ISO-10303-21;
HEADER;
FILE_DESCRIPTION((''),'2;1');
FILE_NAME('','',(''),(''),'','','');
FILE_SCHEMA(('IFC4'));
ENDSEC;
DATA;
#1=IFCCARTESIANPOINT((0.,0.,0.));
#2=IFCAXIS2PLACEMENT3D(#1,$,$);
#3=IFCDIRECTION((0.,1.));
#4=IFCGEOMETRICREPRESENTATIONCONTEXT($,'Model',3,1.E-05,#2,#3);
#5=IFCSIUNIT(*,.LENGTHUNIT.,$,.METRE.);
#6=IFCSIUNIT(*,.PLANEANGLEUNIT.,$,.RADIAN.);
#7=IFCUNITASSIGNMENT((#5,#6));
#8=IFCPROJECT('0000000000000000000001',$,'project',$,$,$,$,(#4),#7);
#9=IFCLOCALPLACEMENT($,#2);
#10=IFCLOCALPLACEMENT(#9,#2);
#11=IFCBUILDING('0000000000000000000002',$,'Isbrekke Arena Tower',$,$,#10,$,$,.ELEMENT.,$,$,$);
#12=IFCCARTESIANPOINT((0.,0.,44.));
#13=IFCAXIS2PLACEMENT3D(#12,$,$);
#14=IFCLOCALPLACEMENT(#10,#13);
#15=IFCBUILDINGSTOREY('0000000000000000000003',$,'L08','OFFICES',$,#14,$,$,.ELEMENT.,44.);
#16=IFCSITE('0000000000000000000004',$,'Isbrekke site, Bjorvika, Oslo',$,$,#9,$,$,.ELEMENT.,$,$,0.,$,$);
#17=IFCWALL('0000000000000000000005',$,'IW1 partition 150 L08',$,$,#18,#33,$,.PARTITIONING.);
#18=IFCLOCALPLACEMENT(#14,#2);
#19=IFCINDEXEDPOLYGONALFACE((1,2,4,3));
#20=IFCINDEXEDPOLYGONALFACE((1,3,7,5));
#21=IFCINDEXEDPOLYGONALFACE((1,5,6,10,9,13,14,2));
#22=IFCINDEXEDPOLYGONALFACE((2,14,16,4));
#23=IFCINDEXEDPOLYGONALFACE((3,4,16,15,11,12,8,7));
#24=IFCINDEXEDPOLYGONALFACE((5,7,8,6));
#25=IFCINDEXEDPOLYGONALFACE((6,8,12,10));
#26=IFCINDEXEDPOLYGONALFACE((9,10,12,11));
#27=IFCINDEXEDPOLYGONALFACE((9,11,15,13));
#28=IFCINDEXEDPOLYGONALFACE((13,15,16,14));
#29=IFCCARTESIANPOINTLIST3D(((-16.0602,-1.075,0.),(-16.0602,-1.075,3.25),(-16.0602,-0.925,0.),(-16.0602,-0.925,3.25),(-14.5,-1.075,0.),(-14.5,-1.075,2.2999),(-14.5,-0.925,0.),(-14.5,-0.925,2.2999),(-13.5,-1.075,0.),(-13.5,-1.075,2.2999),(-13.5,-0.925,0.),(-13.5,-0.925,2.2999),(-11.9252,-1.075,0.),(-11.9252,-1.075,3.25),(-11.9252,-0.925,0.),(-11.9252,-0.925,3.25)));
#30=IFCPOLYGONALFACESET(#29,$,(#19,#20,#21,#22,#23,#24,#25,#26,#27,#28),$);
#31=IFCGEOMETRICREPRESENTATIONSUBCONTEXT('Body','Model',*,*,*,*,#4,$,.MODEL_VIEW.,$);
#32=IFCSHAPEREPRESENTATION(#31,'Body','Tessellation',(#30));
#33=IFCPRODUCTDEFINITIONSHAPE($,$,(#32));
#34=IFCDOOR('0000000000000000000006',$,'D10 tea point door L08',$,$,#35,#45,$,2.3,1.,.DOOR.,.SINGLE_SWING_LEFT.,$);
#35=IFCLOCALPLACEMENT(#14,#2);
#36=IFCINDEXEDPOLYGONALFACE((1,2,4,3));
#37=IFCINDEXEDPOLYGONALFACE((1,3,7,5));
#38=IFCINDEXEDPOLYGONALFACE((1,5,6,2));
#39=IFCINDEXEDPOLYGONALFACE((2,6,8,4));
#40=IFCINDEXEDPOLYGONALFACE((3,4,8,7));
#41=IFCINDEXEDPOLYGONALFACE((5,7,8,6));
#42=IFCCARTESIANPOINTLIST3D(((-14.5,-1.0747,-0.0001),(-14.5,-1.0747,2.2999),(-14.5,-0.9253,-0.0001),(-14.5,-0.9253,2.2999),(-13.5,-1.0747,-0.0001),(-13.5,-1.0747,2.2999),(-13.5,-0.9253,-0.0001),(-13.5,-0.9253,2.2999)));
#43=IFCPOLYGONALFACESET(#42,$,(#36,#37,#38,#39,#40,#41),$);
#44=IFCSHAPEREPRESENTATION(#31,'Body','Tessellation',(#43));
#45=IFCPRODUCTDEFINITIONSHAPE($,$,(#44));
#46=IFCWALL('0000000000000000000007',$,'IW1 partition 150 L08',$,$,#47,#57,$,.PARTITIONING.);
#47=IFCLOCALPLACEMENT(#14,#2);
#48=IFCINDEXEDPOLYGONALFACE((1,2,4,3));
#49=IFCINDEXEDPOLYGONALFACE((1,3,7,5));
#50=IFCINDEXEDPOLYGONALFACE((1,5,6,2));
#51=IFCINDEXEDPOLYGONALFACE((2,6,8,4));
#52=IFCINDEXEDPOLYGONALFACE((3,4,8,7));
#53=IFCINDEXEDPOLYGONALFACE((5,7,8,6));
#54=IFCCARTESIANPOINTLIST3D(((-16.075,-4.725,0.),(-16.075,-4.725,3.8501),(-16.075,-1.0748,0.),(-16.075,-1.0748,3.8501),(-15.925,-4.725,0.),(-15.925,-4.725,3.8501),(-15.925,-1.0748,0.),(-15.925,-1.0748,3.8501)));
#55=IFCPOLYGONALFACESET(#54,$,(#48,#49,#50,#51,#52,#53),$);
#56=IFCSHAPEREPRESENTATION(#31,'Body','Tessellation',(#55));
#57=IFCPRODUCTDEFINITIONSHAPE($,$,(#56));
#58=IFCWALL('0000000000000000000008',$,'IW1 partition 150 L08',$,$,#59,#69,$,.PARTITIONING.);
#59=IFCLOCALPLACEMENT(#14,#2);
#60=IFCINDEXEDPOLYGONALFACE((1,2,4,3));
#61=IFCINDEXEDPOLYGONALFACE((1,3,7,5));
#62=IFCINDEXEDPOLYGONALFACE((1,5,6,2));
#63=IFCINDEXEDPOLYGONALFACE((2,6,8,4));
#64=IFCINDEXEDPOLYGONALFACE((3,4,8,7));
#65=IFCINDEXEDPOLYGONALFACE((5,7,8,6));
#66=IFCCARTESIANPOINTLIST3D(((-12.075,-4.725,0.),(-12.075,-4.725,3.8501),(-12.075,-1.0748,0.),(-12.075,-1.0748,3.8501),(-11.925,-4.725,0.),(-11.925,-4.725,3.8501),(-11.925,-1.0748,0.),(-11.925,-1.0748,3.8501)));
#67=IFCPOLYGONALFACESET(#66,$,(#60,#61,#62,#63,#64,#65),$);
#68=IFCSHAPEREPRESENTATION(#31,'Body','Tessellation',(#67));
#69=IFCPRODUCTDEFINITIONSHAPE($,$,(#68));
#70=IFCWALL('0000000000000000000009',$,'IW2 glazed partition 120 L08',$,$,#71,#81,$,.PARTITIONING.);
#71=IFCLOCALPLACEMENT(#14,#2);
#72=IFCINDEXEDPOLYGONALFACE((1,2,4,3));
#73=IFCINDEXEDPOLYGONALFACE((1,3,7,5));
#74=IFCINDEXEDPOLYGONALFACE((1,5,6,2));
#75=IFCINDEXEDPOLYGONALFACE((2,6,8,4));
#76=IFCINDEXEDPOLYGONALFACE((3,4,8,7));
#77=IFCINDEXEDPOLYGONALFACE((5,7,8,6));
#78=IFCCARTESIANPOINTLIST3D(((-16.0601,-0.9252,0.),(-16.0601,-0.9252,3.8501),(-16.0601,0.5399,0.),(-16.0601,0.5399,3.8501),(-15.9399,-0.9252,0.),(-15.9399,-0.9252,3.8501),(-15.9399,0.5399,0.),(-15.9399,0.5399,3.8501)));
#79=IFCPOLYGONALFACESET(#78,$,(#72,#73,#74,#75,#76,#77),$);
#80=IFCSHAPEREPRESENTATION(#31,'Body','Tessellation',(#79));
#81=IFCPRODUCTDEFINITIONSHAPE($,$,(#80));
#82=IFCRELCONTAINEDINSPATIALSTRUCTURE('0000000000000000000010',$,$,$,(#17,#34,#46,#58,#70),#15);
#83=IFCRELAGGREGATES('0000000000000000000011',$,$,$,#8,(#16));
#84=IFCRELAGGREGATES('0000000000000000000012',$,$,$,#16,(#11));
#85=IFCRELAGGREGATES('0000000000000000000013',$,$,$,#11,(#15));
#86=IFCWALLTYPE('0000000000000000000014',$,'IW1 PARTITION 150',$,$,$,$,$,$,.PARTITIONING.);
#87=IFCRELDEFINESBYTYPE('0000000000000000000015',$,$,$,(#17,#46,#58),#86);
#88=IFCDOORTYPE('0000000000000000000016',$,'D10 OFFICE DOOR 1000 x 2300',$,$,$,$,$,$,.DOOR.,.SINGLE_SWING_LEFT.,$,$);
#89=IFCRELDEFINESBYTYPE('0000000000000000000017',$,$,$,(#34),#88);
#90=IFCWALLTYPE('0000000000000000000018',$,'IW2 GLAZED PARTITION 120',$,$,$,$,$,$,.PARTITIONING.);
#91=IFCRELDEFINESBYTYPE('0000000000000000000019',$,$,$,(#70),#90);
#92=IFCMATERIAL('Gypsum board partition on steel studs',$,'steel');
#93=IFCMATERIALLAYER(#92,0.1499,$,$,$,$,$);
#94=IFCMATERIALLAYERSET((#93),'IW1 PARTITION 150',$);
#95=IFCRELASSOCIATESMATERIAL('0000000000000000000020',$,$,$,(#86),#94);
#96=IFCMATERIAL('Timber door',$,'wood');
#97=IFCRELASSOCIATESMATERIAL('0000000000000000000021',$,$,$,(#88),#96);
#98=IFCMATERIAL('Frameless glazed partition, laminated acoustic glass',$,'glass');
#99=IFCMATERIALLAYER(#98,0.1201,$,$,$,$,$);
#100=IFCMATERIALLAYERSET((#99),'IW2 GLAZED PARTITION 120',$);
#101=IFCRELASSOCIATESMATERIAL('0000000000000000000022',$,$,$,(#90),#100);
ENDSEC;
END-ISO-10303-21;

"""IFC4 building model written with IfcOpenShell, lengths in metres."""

from ifc_helpers import new_model, si_unit, direction, frame, frame_2d, origin, place, context, subcontext, project, spatial, rectangle, extrude, material, layer, layer_set, type_object, element, fill, save


model = new_model("IFC4")

# Units and contexts
model_context = context("Model", 3, precision=1e-05, world=origin(), true_north=direction((0.0, 1.0)))
body_context = subcontext(model_context, "Body", "Model", "MODEL_VIEW")
ifc_project = project(units=[si_unit("LENGTHUNIT", "METRE"), si_unit("PLANEANGLEUNIT", "RADIAN")], contexts=[model_context])

# Site, building, storey
site_placement = place(None, origin())
site = spatial("IfcSite", under=ifc_project, at=site_placement, Name="Isbrekke site, Bjorvika, Oslo", CompositionType="ELEMENT", RefElevation=0.0)
building_placement = place(site_placement, origin())
building = spatial("IfcBuilding", under=site, at=building_placement, Name="Isbrekke Arena Tower", CompositionType="ELEMENT")
storey_placement = place(building_placement, frame((0.0, 0.0, 44.0)))
storey = spatial("IfcBuildingStorey", under=building, at=storey_placement, Name="L08", Description="OFFICES", CompositionType="ELEMENT", Elevation=44.0)

# Shared definitions
ifc_material_1 = material(Name="Gypsum board partition on steel studs", Category="steel")
ifc_layer_1 = layer(ifc_material_1, 0.1499)
ifc_layer_set_1 = layer_set([ifc_layer_1], Name="IW1 PARTITION 150")
wall_type_1 = type_object("IfcWallType", Name="IW1 PARTITION 150", PredefinedType="PARTITIONING", material=ifc_layer_set_1)

# Wall, opening, door
wall_1_placement = place(storey_placement, frame((-16.0601, -1.0, 0.0), z_axis=(0.0, 0.0, 1.0), x_axis=(1.0, 0.0, 0.0)))
wall_1 = element("IfcWall", 1, at=wall_1_placement, inside=storey, type_object=wall_type_1, Name="IW1 partition 150 L08", PredefinedType="PARTITIONING", context=body_context, shape_type="SweptSolid", body=[
    extrude(rectangle(XDim=4.135, YDim=0.1499, at=frame_2d((2.0674, 0.0))), origin(), (0.0, 0.0, 1.0), 3.25),
])
opening_placement = place(wall_1_placement, frame((1.5601, 0.0, 0.0)))
opening = element("IfcOpeningElement", 2, at=opening_placement, cuts=wall_1, PredefinedType="OPENING", context=body_context, shape_type="SweptSolid", body=[
    extrude(rectangle(XDim=1.0, YDim=2.3, at=frame_2d((0.5, 1.1499))), frame((0.0, 0.0898, 0.0), z_axis=(0.0, -1.0, 0.0), x_axis=(1.0, 0.0, 0.0)), (0.0, 0.0, 1.0), 0.1797),
])
ifc_material_2 = material(Name="Timber door", Category="wood")
door_type = type_object("IfcDoorType", Name="D10 OFFICE DOOR 1000 x 2300", OperationType="SINGLE_SWING_LEFT", PredefinedType="DOOR", material=ifc_material_2)
door_placement = place(opening_placement, origin())
door = element("IfcDoor", 3, at=door_placement, inside=storey, type_object=door_type, Name="D10 tea point door L08", OperationType="SINGLE_SWING_LEFT", OverallHeight=2.3, OverallWidth=1.0, PredefinedType="DOOR", context=body_context, shape_type="SweptSolid", body=[
    extrude(rectangle(XDim=1.0, YDim=2.3, at=frame_2d((0.5, 1.1499))), frame((0.0, 0.0747, 0.0), z_axis=(0.0, -1.0, 0.0), x_axis=(1.0, 0.0, 0.0)), (0.0, 0.0, 1.0), 0.1494),
])
fill(opening, door)

# Walls
for number, where, z_axis, x_axis, name in (
    (4, (-16.0, -4.7251, 0.0), (0.0, 0.0, 1.0), (0.0, 1.0, 0.0), "IW1 partition 150 L08"),
    (5, (-12.0, -4.7251, 0.0), (0.0, 0.0, 1.0), (0.0, 1.0, 0.0), "IW1 partition 150 L08"),
):
    element("IfcWall", number, at=place(storey_placement, frame(where, z_axis=z_axis, x_axis=x_axis)), inside=storey, type_object=wall_type_1, Name=name, PredefinedType="PARTITIONING", context=body_context, shape_type="SweptSolid", body=[
        extrude(rectangle(XDim=3.6501, YDim=0.1499, at=frame_2d((1.8252, 0.0))), origin(), (0.0, 0.0, 1.0), 3.8501),
    ])
ifc_material_3 = material(Name="Frameless glazed partition, laminated acoustic glass", Category="glass")
ifc_layer_2 = layer(ifc_material_3, 0.1201)
ifc_layer_set_2 = layer_set([ifc_layer_2], Name="IW2 GLAZED PARTITION 120")
wall_type_2 = type_object("IfcWallType", Name="IW2 GLAZED PARTITION 120", PredefinedType="PARTITIONING", material=ifc_layer_set_2)
wall_2_placement = place(storey_placement, frame((-16.0, -0.925, 0.0), z_axis=(0.0, 0.0, 1.0), x_axis=(0.0, 1.0, 0.0)))
element("IfcWall", 6, at=wall_2_placement, inside=storey, type_object=wall_type_2, Name="IW2 glazed partition 120 L08", PredefinedType="PARTITIONING", context=body_context, shape_type="SweptSolid", body=[
    extrude(rectangle(XDim=1.4651, YDim=0.1201, at=frame_2d((0.7324, 0.0))), origin(), (0.0, 0.0, 1.0), 3.8501),
])

save(model, "model.ifc")
